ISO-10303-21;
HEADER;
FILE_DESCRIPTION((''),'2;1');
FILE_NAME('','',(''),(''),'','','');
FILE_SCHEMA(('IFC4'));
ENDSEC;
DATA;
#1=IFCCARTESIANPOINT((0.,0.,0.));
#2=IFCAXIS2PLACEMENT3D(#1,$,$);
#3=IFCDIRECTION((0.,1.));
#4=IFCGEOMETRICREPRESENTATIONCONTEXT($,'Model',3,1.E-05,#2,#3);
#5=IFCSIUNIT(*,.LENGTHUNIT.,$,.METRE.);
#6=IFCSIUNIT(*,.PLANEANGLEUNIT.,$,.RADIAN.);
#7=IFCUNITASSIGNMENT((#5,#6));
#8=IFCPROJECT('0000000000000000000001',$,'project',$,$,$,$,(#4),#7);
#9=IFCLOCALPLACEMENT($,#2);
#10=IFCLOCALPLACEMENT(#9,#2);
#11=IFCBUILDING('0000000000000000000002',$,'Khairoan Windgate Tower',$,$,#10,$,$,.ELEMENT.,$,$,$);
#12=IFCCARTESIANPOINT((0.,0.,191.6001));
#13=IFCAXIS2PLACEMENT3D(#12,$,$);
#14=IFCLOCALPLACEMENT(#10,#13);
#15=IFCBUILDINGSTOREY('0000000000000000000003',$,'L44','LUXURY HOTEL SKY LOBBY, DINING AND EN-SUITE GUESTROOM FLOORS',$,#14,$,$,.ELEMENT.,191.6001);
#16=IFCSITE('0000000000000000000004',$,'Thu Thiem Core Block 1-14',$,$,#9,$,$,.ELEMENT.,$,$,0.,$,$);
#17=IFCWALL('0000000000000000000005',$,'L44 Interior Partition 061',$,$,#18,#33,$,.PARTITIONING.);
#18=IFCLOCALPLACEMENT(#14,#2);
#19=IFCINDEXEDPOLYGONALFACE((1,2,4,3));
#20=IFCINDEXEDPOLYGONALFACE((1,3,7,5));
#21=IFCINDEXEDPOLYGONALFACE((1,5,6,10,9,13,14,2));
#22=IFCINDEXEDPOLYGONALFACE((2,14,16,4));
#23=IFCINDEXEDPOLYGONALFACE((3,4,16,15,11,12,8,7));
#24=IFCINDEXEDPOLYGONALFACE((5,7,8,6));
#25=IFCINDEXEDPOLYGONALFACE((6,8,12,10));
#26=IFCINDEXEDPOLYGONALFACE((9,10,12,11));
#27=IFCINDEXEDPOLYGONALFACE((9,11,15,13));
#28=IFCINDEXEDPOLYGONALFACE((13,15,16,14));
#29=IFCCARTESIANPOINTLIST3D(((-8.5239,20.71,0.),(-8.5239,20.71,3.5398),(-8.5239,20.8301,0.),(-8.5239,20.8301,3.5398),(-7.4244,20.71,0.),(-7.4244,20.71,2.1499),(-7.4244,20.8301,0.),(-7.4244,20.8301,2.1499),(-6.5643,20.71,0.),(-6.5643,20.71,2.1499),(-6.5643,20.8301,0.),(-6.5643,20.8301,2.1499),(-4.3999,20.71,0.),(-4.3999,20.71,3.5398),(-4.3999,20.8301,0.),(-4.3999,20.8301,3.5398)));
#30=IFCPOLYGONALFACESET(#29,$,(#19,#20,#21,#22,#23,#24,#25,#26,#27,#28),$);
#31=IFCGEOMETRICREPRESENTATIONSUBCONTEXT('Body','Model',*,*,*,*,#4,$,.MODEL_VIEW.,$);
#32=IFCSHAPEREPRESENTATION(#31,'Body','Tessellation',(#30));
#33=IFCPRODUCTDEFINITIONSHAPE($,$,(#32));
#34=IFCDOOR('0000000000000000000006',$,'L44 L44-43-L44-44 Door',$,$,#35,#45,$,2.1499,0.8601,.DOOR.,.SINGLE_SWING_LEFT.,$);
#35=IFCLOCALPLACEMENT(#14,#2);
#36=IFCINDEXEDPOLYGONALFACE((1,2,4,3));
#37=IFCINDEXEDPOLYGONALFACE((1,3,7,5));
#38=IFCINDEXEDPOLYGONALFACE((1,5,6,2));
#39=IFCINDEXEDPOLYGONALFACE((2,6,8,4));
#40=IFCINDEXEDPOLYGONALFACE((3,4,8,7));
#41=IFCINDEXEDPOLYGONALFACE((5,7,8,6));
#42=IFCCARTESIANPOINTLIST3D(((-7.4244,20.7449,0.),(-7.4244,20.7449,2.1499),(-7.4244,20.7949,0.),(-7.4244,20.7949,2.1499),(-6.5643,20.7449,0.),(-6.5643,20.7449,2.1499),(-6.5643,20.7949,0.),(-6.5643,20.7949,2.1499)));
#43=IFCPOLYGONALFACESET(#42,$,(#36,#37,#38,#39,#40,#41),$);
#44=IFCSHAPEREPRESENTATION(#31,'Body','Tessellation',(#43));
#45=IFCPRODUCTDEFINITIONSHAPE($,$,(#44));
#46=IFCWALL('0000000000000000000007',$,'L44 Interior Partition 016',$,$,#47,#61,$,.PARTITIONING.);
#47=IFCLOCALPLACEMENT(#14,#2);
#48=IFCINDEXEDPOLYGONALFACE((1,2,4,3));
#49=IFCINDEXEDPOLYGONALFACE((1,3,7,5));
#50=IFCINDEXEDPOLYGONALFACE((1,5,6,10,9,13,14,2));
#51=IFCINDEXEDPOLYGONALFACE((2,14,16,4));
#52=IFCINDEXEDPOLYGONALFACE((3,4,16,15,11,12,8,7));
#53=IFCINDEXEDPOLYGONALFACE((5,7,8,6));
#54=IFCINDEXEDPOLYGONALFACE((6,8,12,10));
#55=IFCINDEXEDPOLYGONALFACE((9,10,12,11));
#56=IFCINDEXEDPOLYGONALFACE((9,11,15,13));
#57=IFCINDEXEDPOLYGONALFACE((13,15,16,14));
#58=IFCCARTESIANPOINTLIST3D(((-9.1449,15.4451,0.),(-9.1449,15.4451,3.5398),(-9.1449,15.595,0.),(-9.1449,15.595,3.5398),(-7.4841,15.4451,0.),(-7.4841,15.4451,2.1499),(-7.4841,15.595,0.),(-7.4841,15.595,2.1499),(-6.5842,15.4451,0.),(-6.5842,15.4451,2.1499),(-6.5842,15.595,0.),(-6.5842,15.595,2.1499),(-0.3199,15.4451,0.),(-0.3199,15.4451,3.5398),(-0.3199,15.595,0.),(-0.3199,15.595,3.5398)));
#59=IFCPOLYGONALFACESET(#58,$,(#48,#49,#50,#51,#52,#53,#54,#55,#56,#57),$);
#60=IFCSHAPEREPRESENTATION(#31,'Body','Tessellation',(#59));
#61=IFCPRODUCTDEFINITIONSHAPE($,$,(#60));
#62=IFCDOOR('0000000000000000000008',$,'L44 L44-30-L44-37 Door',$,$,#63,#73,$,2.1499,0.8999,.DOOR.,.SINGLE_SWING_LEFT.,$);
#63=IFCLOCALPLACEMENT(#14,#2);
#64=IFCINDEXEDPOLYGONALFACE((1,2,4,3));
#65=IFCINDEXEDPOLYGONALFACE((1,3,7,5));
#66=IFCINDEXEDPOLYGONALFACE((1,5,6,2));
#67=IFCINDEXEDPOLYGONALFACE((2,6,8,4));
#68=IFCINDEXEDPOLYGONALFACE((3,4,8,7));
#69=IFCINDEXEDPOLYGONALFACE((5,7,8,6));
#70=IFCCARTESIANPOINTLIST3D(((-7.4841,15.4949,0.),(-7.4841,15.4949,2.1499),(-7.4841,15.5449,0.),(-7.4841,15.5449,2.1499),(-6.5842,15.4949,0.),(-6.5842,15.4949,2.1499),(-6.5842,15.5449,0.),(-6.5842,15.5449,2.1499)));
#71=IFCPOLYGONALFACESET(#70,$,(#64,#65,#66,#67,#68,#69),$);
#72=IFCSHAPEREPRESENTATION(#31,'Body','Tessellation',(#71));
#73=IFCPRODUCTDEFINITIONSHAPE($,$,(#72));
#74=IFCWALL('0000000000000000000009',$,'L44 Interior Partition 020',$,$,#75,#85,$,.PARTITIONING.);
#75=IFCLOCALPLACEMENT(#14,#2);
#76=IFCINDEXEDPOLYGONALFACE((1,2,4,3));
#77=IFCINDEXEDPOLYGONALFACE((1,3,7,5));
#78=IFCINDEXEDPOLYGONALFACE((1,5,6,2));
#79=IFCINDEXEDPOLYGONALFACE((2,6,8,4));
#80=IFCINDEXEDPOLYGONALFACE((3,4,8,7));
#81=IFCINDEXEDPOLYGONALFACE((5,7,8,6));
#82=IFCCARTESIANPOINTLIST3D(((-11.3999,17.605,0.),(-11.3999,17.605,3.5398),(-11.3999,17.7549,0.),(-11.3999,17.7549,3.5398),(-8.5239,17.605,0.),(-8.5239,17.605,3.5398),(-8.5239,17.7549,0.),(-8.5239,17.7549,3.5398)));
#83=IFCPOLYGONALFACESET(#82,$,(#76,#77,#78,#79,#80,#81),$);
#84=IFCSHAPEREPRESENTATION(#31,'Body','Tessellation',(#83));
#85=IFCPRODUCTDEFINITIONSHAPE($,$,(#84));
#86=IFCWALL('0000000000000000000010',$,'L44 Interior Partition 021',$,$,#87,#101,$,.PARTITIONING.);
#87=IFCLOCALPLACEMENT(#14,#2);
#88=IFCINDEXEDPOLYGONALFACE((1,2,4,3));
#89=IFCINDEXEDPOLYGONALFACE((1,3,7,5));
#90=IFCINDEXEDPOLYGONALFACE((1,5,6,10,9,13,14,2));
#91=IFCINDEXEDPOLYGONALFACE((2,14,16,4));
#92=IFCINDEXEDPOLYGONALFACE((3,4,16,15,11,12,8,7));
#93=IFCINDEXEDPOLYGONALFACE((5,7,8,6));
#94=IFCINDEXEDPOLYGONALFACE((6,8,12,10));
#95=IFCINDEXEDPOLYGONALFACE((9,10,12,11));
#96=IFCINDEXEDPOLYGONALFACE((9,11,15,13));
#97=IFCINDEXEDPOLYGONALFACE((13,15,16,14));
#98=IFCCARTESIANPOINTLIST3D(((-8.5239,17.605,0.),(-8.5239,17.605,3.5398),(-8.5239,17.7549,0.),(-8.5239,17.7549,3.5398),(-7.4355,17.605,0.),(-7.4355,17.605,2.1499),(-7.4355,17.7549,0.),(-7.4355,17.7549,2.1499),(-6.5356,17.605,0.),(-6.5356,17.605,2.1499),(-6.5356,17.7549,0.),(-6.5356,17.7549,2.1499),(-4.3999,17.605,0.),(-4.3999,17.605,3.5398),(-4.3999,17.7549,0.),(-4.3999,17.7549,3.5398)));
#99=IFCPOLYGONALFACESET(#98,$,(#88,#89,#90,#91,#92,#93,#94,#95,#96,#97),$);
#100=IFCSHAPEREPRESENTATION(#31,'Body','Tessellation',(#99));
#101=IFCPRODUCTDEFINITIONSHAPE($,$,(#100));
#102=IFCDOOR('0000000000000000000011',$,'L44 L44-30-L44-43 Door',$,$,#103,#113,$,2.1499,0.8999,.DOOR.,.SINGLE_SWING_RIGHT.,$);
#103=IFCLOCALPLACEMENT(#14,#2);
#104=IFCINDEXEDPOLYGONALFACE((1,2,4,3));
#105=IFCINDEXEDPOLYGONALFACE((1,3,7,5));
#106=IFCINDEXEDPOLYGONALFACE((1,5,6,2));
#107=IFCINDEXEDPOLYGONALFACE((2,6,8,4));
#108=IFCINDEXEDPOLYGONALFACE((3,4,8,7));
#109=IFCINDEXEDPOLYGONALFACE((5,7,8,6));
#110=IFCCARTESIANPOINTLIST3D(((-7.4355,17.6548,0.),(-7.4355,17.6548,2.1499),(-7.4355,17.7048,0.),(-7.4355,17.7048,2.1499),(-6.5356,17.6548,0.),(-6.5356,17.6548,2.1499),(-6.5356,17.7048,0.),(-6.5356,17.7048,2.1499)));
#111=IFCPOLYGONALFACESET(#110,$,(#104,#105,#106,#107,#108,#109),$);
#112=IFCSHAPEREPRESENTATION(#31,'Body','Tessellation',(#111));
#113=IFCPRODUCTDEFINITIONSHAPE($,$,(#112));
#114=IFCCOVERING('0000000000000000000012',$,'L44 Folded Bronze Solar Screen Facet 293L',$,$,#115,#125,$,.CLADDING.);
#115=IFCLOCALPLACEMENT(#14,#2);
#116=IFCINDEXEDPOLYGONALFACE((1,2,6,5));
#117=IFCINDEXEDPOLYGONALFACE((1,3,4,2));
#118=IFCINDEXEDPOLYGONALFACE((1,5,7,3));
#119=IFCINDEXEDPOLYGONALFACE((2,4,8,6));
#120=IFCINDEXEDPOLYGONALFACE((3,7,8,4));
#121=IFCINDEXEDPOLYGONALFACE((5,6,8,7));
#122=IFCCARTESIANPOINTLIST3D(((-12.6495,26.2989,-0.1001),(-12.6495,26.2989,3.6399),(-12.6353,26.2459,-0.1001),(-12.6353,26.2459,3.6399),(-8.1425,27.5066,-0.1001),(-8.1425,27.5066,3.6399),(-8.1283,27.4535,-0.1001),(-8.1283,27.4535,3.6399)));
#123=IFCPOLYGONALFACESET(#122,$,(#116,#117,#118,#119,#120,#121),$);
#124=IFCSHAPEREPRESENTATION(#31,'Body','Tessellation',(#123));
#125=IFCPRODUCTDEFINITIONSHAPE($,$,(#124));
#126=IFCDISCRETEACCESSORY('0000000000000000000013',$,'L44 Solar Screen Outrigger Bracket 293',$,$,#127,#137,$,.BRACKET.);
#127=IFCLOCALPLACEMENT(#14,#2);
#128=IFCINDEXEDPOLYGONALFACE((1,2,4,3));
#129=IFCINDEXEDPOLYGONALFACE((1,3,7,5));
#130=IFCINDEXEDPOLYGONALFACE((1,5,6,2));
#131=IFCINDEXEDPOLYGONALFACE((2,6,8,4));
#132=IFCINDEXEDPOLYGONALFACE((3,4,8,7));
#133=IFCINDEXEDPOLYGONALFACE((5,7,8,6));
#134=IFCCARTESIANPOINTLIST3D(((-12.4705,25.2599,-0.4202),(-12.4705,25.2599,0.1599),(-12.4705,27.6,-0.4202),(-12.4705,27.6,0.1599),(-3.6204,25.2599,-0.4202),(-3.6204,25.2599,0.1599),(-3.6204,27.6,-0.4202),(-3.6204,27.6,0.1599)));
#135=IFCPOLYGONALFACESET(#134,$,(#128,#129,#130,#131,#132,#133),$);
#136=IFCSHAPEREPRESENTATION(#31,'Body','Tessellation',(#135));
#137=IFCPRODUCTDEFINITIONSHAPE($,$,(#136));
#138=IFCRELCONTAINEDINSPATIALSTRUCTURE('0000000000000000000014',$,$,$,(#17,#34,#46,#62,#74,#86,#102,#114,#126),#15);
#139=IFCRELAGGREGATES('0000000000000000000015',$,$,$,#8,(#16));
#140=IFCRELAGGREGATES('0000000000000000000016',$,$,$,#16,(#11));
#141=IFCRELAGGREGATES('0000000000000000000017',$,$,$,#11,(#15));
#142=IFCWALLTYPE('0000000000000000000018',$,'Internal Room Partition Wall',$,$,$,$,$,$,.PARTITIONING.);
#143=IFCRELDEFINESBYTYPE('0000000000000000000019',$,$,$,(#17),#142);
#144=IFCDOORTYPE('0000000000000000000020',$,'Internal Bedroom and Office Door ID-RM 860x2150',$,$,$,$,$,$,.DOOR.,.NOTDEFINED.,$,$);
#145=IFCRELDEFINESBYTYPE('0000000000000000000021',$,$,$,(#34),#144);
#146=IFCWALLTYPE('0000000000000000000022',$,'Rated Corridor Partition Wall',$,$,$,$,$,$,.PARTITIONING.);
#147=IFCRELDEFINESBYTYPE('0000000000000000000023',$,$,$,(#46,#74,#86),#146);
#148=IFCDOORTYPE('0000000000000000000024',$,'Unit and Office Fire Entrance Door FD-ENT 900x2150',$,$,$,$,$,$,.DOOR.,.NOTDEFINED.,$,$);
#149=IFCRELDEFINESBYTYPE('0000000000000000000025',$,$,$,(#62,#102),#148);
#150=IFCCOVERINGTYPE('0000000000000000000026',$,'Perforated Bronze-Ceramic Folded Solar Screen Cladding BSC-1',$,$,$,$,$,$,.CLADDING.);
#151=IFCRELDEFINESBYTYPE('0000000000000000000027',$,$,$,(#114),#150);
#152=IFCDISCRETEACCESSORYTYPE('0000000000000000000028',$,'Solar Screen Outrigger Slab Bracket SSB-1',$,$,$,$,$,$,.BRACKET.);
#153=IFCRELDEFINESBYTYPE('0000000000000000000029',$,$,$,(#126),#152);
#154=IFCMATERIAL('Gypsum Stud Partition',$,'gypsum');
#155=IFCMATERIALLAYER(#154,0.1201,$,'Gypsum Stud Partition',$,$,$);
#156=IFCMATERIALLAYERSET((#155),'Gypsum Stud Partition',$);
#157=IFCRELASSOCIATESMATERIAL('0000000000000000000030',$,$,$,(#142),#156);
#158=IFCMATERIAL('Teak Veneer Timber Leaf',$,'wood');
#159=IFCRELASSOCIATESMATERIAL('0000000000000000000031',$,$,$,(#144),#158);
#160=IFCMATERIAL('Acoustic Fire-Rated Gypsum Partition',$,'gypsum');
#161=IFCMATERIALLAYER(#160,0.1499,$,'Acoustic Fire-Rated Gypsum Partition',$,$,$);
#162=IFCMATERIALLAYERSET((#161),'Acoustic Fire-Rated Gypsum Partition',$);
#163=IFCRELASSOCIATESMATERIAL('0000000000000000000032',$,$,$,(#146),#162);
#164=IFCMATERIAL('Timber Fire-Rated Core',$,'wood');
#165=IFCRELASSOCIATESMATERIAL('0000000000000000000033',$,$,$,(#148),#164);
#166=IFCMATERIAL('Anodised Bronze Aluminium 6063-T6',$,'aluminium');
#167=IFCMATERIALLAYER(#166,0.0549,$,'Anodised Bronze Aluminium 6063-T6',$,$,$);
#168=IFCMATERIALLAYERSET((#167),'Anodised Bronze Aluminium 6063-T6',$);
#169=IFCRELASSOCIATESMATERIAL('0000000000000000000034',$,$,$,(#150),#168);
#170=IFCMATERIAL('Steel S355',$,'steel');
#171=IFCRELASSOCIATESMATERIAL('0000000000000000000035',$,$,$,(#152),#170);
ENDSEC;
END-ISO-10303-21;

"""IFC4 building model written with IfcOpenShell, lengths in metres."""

from ifc_helpers import new_model, si_unit, direction, frame, frame_2d, origin, origin_2d, place, context, subcontext, project, spatial, rectangle, extrude, material, layer, layer_set, type_object, element, fill, save


model = new_model("IFC4")

# Units and contexts
model_context = context("Model", 3, precision=1e-05, world=origin(), true_north=direction((0.0, 1.0)))
body_context = subcontext(model_context, "Body", "Model", "MODEL_VIEW")
ifc_project = project(units=[si_unit("LENGTHUNIT", "METRE"), si_unit("PLANEANGLEUNIT", "RADIAN")], contexts=[model_context])

# Site, building, storey
site_placement = place(None, origin())
site = spatial("IfcSite", under=ifc_project, at=site_placement, Name="Thu Thiem Core Block 1-14", CompositionType="ELEMENT", RefElevation=0.0)
building_placement = place(site_placement, origin())
building = spatial("IfcBuilding", under=site, at=building_placement, Name="Khairoan Windgate Tower", CompositionType="ELEMENT")
storey_placement = place(building_placement, frame((0.0, 0.0, 191.6001)))
storey = spatial("IfcBuildingStorey", under=building, at=storey_placement, Name="L44", Description="LUXURY HOTEL SKY LOBBY, DINING AND EN-SUITE GUESTROOM FLOORS", CompositionType="ELEMENT", Elevation=191.6001)

# Walls, openings, doors
ifc_material_1 = material(Name="Gypsum Stud Partition", Category="gypsum")
ifc_layer_1 = layer(ifc_material_1, 0.1201, Name="Gypsum Stud Partition")
ifc_layer_set_1 = layer_set([ifc_layer_1], Name="Gypsum Stud Partition")
wall_type_1 = type_object("IfcWallType", Name="Internal Room Partition Wall", PredefinedType="PARTITIONING", material=ifc_layer_set_1)
wall_1_placement = place(storey_placement, frame((-8.5239, 20.77, 0.0), z_axis=(0.0, 0.0, 1.0), x_axis=(1.0, 0.0, 0.0)))
wall_1 = element("IfcWall", 1, at=wall_1_placement, inside=storey, type_object=wall_type_1, Name="L44 Interior Partition 061", PredefinedType="PARTITIONING", context=body_context, shape_type="SweptSolid", body=[
    extrude(rectangle(XDim=4.124, YDim=0.1201, at=frame_2d((2.062, 0.0))), origin(), (0.0, 0.0, 1.0), 3.5398),
])
opening_1_placement = place(wall_1_placement, frame((1.0994, 0.0, 0.0)))
opening_1 = element("IfcOpeningElement", 2, at=opening_1_placement, cuts=wall_1, PredefinedType="OPENING", context=body_context, shape_type="SweptSolid", body=[
    extrude(rectangle(XDim=0.8601, YDim=2.1499, at=frame_2d((0.4302, 1.075))), frame((0.0, 0.0701, 0.0), z_axis=(0.0, -1.0, 0.0), x_axis=(1.0, 0.0, 0.0)), (0.0, 0.0, 1.0), 0.1401),
])
ifc_material_2 = material(Name="Teak Veneer Timber Leaf", Category="wood")
door_type_1 = type_object("IfcDoorType", Name="Internal Bedroom and Office Door ID-RM 860x2150", OperationType="NOTDEFINED", PredefinedType="DOOR", material=ifc_material_2)
door_1_placement = place(opening_1_placement, origin())
door_1 = element("IfcDoor", 3, at=door_1_placement, inside=storey, type_object=door_type_1, Name="L44 L44-43-L44-44 Door", OperationType="SINGLE_SWING_LEFT", OverallHeight=2.1499, OverallWidth=0.8601, PredefinedType="DOOR", context=body_context, shape_type="SweptSolid", body=[
    extrude(rectangle(XDim=0.8601, YDim=2.1499, at=frame_2d((0.4302, 1.075))), frame((0.0, 0.0249, 0.0), z_axis=(0.0, -1.0, 0.0), x_axis=(1.0, 0.0, 0.0)), (0.0, 0.0, 1.0), 0.05),
])
fill(opening_1, door_1)
ifc_material_3 = material(Name="Acoustic Fire-Rated Gypsum Partition", Category="gypsum")
ifc_layer_2 = layer(ifc_material_3, 0.1499, Name="Acoustic Fire-Rated Gypsum Partition")
ifc_layer_set_2 = layer_set([ifc_layer_2], Name="Acoustic Fire-Rated Gypsum Partition")
wall_type_2 = type_object("IfcWallType", Name="Rated Corridor Partition Wall", PredefinedType="PARTITIONING", material=ifc_layer_set_2)
wall_2_placement = place(storey_placement, frame((-9.145, 15.52, 0.0), z_axis=(0.0, 0.0, 1.0), x_axis=(1.0, 0.0, 0.0)))
wall_2 = element("IfcWall", 4, at=wall_2_placement, inside=storey, type_object=wall_type_2, Name="L44 Interior Partition 016", PredefinedType="PARTITIONING", context=body_context, shape_type="SweptSolid", body=[
    extrude(rectangle(XDim=8.825, YDim=0.1499, at=frame_2d((4.4126, 0.0))), origin(), (0.0, 0.0, 1.0), 3.5398),
])
opening_2_placement = place(wall_2_placement, frame((1.6609, 0.0, 0.0)))
opening_2 = element("IfcOpeningElement", 5, at=opening_2_placement, cuts=wall_2, PredefinedType="OPENING", context=body_context, shape_type="SweptSolid", body=[
    extrude(rectangle(XDim=0.8999, YDim=2.1499, at=frame_2d((0.45, 1.075))), frame((0.0, 0.085, 0.0), z_axis=(0.0, -1.0, 0.0), x_axis=(1.0, 0.0, 0.0)), (0.0, 0.0, 1.0), 0.1699),
])
ifc_material_4 = material(Name="Timber Fire-Rated Core", Category="wood")
door_type_2 = type_object("IfcDoorType", Name="Unit and Office Fire Entrance Door FD-ENT 900x2150", OperationType="NOTDEFINED", PredefinedType="DOOR", material=ifc_material_4)
door_2_placement = place(opening_2_placement, origin())
door_2 = element("IfcDoor", 6, at=door_2_placement, inside=storey, type_object=door_type_2, Name="L44 L44-30-L44-37 Door", OperationType="SINGLE_SWING_LEFT", OverallHeight=2.1499, OverallWidth=0.8999, PredefinedType="DOOR", context=body_context, shape_type="SweptSolid", body=[
    extrude(rectangle(XDim=0.8999, YDim=2.1499, at=frame_2d((0.45, 1.075))), frame((0.0, 0.0249, 0.0), z_axis=(0.0, -1.0, 0.0), x_axis=(1.0, 0.0, 0.0)), (0.0, 0.0, 1.0), 0.05),
])
fill(opening_2, door_2)

# Wall
wall_3_placement = place(storey_placement, frame((-11.3999, 17.6799, 0.0), z_axis=(0.0, 0.0, 1.0), x_axis=(1.0, 0.0, 0.0)))
element("IfcWall", 7, at=wall_3_placement, inside=storey, type_object=wall_type_2, Name="L44 Interior Partition 020", PredefinedType="PARTITIONING", context=body_context, shape_type="SweptSolid", body=[
    extrude(rectangle(XDim=2.876, YDim=0.1499, at=frame_2d((1.438, 0.0))), origin(), (0.0, 0.0, 1.0), 3.5398),
])

# Wall, opening, door
wall_4_placement = place(storey_placement, frame((-8.5239, 17.6799, 0.0), z_axis=(0.0, 0.0, 1.0), x_axis=(1.0, 0.0, 0.0)))
wall_4 = element("IfcWall", 8, at=wall_4_placement, inside=storey, type_object=wall_type_2, Name="L44 Interior Partition 021", PredefinedType="PARTITIONING", context=body_context, shape_type="SweptSolid", body=[
    extrude(rectangle(XDim=4.124, YDim=0.1499, at=frame_2d((2.062, 0.0))), origin(), (0.0, 0.0, 1.0), 3.5398),
])
opening_3_placement = place(wall_4_placement, frame((1.0884, 0.0, 0.0)))
opening_3 = element("IfcOpeningElement", 9, at=opening_3_placement, cuts=wall_4, PredefinedType="OPENING", context=body_context, shape_type="SweptSolid", body=[
    extrude(rectangle(XDim=0.8999, YDim=2.1499, at=frame_2d((0.45, 1.075))), frame((0.0, 0.085, 0.0), z_axis=(0.0, -1.0, 0.0), x_axis=(1.0, 0.0, 0.0)), (0.0, 0.0, 1.0), 0.1699),
])
door_3_placement = place(opening_3_placement, origin())
door_3 = element("IfcDoor", 10, at=door_3_placement, inside=storey, type_object=door_type_2, Name="L44 L44-30-L44-43 Door", OperationType="SINGLE_SWING_RIGHT", OverallHeight=2.1499, OverallWidth=0.8999, PredefinedType="DOOR", context=body_context, shape_type="SweptSolid", body=[
    extrude(rectangle(XDim=0.8999, YDim=2.1499, at=frame_2d((0.45, 1.075))), frame((0.0, 0.0249, 0.0), z_axis=(0.0, -1.0, 0.0), x_axis=(1.0, 0.0, 0.0)), (0.0, 0.0, 1.0), 0.05),
])
fill(opening_3, door_3)

# Covering
ifc_material_5 = material(Name="Anodised Bronze Aluminium 6063-T6", Category="aluminium")
ifc_layer_3 = layer(ifc_material_5, 0.0549, Name="Anodised Bronze Aluminium 6063-T6")
ifc_layer_set_3 = layer_set([ifc_layer_3], Name="Anodised Bronze Aluminium 6063-T6")
covering_type = type_object("IfcCoveringType", Name="Perforated Bronze-Ceramic Folded Solar Screen Cladding BSC-1", PredefinedType="CLADDING", material=ifc_layer_set_3)
covering_placement = place(storey_placement, frame((-10.3889, 26.8762, -0.1001), z_axis=(0.0, 0.0, 1.0), x_axis=(0.965926, 0.258819, 0.0)))
element("IfcCovering", 11, at=covering_placement, inside=storey, type_object=covering_type, Name="L44 Folded Bronze Solar Screen Facet 293L", PredefinedType="CLADDING", context=body_context, shape_type="SweptSolid", body=[
    extrude(rectangle(XDim=4.666, YDim=0.0549, at=origin_2d()), origin(), (0.0, 0.0, 1.0), 3.74),
])

# Discrete accessory
ifc_material_6 = material(Name="Steel S355", Category="steel")
discrete_accessory_type = type_object("IfcDiscreteAccessoryType", Name="Solar Screen Outrigger Slab Bracket SSB-1", PredefinedType="BRACKET", material=ifc_material_6)
discrete_accessory_placement = place(storey_placement, frame((-8.0454, 26.4299, -0.4202), z_axis=(0.0, 0.0, 1.0), x_axis=(1.0, 0.0, 0.0)))
element("IfcDiscreteAccessory", 12, at=discrete_accessory_placement, inside=storey, type_object=discrete_accessory_type, Name="L44 Solar Screen Outrigger Bracket 293", PredefinedType="BRACKET", context=body_context, shape_type="SweptSolid", body=[
    extrude(rectangle(XDim=8.8501, YDim=2.3401, at=origin_2d()), origin(), (0.0, 0.0, 1.0), 0.5801),
])

save(model, "model.ifc")
